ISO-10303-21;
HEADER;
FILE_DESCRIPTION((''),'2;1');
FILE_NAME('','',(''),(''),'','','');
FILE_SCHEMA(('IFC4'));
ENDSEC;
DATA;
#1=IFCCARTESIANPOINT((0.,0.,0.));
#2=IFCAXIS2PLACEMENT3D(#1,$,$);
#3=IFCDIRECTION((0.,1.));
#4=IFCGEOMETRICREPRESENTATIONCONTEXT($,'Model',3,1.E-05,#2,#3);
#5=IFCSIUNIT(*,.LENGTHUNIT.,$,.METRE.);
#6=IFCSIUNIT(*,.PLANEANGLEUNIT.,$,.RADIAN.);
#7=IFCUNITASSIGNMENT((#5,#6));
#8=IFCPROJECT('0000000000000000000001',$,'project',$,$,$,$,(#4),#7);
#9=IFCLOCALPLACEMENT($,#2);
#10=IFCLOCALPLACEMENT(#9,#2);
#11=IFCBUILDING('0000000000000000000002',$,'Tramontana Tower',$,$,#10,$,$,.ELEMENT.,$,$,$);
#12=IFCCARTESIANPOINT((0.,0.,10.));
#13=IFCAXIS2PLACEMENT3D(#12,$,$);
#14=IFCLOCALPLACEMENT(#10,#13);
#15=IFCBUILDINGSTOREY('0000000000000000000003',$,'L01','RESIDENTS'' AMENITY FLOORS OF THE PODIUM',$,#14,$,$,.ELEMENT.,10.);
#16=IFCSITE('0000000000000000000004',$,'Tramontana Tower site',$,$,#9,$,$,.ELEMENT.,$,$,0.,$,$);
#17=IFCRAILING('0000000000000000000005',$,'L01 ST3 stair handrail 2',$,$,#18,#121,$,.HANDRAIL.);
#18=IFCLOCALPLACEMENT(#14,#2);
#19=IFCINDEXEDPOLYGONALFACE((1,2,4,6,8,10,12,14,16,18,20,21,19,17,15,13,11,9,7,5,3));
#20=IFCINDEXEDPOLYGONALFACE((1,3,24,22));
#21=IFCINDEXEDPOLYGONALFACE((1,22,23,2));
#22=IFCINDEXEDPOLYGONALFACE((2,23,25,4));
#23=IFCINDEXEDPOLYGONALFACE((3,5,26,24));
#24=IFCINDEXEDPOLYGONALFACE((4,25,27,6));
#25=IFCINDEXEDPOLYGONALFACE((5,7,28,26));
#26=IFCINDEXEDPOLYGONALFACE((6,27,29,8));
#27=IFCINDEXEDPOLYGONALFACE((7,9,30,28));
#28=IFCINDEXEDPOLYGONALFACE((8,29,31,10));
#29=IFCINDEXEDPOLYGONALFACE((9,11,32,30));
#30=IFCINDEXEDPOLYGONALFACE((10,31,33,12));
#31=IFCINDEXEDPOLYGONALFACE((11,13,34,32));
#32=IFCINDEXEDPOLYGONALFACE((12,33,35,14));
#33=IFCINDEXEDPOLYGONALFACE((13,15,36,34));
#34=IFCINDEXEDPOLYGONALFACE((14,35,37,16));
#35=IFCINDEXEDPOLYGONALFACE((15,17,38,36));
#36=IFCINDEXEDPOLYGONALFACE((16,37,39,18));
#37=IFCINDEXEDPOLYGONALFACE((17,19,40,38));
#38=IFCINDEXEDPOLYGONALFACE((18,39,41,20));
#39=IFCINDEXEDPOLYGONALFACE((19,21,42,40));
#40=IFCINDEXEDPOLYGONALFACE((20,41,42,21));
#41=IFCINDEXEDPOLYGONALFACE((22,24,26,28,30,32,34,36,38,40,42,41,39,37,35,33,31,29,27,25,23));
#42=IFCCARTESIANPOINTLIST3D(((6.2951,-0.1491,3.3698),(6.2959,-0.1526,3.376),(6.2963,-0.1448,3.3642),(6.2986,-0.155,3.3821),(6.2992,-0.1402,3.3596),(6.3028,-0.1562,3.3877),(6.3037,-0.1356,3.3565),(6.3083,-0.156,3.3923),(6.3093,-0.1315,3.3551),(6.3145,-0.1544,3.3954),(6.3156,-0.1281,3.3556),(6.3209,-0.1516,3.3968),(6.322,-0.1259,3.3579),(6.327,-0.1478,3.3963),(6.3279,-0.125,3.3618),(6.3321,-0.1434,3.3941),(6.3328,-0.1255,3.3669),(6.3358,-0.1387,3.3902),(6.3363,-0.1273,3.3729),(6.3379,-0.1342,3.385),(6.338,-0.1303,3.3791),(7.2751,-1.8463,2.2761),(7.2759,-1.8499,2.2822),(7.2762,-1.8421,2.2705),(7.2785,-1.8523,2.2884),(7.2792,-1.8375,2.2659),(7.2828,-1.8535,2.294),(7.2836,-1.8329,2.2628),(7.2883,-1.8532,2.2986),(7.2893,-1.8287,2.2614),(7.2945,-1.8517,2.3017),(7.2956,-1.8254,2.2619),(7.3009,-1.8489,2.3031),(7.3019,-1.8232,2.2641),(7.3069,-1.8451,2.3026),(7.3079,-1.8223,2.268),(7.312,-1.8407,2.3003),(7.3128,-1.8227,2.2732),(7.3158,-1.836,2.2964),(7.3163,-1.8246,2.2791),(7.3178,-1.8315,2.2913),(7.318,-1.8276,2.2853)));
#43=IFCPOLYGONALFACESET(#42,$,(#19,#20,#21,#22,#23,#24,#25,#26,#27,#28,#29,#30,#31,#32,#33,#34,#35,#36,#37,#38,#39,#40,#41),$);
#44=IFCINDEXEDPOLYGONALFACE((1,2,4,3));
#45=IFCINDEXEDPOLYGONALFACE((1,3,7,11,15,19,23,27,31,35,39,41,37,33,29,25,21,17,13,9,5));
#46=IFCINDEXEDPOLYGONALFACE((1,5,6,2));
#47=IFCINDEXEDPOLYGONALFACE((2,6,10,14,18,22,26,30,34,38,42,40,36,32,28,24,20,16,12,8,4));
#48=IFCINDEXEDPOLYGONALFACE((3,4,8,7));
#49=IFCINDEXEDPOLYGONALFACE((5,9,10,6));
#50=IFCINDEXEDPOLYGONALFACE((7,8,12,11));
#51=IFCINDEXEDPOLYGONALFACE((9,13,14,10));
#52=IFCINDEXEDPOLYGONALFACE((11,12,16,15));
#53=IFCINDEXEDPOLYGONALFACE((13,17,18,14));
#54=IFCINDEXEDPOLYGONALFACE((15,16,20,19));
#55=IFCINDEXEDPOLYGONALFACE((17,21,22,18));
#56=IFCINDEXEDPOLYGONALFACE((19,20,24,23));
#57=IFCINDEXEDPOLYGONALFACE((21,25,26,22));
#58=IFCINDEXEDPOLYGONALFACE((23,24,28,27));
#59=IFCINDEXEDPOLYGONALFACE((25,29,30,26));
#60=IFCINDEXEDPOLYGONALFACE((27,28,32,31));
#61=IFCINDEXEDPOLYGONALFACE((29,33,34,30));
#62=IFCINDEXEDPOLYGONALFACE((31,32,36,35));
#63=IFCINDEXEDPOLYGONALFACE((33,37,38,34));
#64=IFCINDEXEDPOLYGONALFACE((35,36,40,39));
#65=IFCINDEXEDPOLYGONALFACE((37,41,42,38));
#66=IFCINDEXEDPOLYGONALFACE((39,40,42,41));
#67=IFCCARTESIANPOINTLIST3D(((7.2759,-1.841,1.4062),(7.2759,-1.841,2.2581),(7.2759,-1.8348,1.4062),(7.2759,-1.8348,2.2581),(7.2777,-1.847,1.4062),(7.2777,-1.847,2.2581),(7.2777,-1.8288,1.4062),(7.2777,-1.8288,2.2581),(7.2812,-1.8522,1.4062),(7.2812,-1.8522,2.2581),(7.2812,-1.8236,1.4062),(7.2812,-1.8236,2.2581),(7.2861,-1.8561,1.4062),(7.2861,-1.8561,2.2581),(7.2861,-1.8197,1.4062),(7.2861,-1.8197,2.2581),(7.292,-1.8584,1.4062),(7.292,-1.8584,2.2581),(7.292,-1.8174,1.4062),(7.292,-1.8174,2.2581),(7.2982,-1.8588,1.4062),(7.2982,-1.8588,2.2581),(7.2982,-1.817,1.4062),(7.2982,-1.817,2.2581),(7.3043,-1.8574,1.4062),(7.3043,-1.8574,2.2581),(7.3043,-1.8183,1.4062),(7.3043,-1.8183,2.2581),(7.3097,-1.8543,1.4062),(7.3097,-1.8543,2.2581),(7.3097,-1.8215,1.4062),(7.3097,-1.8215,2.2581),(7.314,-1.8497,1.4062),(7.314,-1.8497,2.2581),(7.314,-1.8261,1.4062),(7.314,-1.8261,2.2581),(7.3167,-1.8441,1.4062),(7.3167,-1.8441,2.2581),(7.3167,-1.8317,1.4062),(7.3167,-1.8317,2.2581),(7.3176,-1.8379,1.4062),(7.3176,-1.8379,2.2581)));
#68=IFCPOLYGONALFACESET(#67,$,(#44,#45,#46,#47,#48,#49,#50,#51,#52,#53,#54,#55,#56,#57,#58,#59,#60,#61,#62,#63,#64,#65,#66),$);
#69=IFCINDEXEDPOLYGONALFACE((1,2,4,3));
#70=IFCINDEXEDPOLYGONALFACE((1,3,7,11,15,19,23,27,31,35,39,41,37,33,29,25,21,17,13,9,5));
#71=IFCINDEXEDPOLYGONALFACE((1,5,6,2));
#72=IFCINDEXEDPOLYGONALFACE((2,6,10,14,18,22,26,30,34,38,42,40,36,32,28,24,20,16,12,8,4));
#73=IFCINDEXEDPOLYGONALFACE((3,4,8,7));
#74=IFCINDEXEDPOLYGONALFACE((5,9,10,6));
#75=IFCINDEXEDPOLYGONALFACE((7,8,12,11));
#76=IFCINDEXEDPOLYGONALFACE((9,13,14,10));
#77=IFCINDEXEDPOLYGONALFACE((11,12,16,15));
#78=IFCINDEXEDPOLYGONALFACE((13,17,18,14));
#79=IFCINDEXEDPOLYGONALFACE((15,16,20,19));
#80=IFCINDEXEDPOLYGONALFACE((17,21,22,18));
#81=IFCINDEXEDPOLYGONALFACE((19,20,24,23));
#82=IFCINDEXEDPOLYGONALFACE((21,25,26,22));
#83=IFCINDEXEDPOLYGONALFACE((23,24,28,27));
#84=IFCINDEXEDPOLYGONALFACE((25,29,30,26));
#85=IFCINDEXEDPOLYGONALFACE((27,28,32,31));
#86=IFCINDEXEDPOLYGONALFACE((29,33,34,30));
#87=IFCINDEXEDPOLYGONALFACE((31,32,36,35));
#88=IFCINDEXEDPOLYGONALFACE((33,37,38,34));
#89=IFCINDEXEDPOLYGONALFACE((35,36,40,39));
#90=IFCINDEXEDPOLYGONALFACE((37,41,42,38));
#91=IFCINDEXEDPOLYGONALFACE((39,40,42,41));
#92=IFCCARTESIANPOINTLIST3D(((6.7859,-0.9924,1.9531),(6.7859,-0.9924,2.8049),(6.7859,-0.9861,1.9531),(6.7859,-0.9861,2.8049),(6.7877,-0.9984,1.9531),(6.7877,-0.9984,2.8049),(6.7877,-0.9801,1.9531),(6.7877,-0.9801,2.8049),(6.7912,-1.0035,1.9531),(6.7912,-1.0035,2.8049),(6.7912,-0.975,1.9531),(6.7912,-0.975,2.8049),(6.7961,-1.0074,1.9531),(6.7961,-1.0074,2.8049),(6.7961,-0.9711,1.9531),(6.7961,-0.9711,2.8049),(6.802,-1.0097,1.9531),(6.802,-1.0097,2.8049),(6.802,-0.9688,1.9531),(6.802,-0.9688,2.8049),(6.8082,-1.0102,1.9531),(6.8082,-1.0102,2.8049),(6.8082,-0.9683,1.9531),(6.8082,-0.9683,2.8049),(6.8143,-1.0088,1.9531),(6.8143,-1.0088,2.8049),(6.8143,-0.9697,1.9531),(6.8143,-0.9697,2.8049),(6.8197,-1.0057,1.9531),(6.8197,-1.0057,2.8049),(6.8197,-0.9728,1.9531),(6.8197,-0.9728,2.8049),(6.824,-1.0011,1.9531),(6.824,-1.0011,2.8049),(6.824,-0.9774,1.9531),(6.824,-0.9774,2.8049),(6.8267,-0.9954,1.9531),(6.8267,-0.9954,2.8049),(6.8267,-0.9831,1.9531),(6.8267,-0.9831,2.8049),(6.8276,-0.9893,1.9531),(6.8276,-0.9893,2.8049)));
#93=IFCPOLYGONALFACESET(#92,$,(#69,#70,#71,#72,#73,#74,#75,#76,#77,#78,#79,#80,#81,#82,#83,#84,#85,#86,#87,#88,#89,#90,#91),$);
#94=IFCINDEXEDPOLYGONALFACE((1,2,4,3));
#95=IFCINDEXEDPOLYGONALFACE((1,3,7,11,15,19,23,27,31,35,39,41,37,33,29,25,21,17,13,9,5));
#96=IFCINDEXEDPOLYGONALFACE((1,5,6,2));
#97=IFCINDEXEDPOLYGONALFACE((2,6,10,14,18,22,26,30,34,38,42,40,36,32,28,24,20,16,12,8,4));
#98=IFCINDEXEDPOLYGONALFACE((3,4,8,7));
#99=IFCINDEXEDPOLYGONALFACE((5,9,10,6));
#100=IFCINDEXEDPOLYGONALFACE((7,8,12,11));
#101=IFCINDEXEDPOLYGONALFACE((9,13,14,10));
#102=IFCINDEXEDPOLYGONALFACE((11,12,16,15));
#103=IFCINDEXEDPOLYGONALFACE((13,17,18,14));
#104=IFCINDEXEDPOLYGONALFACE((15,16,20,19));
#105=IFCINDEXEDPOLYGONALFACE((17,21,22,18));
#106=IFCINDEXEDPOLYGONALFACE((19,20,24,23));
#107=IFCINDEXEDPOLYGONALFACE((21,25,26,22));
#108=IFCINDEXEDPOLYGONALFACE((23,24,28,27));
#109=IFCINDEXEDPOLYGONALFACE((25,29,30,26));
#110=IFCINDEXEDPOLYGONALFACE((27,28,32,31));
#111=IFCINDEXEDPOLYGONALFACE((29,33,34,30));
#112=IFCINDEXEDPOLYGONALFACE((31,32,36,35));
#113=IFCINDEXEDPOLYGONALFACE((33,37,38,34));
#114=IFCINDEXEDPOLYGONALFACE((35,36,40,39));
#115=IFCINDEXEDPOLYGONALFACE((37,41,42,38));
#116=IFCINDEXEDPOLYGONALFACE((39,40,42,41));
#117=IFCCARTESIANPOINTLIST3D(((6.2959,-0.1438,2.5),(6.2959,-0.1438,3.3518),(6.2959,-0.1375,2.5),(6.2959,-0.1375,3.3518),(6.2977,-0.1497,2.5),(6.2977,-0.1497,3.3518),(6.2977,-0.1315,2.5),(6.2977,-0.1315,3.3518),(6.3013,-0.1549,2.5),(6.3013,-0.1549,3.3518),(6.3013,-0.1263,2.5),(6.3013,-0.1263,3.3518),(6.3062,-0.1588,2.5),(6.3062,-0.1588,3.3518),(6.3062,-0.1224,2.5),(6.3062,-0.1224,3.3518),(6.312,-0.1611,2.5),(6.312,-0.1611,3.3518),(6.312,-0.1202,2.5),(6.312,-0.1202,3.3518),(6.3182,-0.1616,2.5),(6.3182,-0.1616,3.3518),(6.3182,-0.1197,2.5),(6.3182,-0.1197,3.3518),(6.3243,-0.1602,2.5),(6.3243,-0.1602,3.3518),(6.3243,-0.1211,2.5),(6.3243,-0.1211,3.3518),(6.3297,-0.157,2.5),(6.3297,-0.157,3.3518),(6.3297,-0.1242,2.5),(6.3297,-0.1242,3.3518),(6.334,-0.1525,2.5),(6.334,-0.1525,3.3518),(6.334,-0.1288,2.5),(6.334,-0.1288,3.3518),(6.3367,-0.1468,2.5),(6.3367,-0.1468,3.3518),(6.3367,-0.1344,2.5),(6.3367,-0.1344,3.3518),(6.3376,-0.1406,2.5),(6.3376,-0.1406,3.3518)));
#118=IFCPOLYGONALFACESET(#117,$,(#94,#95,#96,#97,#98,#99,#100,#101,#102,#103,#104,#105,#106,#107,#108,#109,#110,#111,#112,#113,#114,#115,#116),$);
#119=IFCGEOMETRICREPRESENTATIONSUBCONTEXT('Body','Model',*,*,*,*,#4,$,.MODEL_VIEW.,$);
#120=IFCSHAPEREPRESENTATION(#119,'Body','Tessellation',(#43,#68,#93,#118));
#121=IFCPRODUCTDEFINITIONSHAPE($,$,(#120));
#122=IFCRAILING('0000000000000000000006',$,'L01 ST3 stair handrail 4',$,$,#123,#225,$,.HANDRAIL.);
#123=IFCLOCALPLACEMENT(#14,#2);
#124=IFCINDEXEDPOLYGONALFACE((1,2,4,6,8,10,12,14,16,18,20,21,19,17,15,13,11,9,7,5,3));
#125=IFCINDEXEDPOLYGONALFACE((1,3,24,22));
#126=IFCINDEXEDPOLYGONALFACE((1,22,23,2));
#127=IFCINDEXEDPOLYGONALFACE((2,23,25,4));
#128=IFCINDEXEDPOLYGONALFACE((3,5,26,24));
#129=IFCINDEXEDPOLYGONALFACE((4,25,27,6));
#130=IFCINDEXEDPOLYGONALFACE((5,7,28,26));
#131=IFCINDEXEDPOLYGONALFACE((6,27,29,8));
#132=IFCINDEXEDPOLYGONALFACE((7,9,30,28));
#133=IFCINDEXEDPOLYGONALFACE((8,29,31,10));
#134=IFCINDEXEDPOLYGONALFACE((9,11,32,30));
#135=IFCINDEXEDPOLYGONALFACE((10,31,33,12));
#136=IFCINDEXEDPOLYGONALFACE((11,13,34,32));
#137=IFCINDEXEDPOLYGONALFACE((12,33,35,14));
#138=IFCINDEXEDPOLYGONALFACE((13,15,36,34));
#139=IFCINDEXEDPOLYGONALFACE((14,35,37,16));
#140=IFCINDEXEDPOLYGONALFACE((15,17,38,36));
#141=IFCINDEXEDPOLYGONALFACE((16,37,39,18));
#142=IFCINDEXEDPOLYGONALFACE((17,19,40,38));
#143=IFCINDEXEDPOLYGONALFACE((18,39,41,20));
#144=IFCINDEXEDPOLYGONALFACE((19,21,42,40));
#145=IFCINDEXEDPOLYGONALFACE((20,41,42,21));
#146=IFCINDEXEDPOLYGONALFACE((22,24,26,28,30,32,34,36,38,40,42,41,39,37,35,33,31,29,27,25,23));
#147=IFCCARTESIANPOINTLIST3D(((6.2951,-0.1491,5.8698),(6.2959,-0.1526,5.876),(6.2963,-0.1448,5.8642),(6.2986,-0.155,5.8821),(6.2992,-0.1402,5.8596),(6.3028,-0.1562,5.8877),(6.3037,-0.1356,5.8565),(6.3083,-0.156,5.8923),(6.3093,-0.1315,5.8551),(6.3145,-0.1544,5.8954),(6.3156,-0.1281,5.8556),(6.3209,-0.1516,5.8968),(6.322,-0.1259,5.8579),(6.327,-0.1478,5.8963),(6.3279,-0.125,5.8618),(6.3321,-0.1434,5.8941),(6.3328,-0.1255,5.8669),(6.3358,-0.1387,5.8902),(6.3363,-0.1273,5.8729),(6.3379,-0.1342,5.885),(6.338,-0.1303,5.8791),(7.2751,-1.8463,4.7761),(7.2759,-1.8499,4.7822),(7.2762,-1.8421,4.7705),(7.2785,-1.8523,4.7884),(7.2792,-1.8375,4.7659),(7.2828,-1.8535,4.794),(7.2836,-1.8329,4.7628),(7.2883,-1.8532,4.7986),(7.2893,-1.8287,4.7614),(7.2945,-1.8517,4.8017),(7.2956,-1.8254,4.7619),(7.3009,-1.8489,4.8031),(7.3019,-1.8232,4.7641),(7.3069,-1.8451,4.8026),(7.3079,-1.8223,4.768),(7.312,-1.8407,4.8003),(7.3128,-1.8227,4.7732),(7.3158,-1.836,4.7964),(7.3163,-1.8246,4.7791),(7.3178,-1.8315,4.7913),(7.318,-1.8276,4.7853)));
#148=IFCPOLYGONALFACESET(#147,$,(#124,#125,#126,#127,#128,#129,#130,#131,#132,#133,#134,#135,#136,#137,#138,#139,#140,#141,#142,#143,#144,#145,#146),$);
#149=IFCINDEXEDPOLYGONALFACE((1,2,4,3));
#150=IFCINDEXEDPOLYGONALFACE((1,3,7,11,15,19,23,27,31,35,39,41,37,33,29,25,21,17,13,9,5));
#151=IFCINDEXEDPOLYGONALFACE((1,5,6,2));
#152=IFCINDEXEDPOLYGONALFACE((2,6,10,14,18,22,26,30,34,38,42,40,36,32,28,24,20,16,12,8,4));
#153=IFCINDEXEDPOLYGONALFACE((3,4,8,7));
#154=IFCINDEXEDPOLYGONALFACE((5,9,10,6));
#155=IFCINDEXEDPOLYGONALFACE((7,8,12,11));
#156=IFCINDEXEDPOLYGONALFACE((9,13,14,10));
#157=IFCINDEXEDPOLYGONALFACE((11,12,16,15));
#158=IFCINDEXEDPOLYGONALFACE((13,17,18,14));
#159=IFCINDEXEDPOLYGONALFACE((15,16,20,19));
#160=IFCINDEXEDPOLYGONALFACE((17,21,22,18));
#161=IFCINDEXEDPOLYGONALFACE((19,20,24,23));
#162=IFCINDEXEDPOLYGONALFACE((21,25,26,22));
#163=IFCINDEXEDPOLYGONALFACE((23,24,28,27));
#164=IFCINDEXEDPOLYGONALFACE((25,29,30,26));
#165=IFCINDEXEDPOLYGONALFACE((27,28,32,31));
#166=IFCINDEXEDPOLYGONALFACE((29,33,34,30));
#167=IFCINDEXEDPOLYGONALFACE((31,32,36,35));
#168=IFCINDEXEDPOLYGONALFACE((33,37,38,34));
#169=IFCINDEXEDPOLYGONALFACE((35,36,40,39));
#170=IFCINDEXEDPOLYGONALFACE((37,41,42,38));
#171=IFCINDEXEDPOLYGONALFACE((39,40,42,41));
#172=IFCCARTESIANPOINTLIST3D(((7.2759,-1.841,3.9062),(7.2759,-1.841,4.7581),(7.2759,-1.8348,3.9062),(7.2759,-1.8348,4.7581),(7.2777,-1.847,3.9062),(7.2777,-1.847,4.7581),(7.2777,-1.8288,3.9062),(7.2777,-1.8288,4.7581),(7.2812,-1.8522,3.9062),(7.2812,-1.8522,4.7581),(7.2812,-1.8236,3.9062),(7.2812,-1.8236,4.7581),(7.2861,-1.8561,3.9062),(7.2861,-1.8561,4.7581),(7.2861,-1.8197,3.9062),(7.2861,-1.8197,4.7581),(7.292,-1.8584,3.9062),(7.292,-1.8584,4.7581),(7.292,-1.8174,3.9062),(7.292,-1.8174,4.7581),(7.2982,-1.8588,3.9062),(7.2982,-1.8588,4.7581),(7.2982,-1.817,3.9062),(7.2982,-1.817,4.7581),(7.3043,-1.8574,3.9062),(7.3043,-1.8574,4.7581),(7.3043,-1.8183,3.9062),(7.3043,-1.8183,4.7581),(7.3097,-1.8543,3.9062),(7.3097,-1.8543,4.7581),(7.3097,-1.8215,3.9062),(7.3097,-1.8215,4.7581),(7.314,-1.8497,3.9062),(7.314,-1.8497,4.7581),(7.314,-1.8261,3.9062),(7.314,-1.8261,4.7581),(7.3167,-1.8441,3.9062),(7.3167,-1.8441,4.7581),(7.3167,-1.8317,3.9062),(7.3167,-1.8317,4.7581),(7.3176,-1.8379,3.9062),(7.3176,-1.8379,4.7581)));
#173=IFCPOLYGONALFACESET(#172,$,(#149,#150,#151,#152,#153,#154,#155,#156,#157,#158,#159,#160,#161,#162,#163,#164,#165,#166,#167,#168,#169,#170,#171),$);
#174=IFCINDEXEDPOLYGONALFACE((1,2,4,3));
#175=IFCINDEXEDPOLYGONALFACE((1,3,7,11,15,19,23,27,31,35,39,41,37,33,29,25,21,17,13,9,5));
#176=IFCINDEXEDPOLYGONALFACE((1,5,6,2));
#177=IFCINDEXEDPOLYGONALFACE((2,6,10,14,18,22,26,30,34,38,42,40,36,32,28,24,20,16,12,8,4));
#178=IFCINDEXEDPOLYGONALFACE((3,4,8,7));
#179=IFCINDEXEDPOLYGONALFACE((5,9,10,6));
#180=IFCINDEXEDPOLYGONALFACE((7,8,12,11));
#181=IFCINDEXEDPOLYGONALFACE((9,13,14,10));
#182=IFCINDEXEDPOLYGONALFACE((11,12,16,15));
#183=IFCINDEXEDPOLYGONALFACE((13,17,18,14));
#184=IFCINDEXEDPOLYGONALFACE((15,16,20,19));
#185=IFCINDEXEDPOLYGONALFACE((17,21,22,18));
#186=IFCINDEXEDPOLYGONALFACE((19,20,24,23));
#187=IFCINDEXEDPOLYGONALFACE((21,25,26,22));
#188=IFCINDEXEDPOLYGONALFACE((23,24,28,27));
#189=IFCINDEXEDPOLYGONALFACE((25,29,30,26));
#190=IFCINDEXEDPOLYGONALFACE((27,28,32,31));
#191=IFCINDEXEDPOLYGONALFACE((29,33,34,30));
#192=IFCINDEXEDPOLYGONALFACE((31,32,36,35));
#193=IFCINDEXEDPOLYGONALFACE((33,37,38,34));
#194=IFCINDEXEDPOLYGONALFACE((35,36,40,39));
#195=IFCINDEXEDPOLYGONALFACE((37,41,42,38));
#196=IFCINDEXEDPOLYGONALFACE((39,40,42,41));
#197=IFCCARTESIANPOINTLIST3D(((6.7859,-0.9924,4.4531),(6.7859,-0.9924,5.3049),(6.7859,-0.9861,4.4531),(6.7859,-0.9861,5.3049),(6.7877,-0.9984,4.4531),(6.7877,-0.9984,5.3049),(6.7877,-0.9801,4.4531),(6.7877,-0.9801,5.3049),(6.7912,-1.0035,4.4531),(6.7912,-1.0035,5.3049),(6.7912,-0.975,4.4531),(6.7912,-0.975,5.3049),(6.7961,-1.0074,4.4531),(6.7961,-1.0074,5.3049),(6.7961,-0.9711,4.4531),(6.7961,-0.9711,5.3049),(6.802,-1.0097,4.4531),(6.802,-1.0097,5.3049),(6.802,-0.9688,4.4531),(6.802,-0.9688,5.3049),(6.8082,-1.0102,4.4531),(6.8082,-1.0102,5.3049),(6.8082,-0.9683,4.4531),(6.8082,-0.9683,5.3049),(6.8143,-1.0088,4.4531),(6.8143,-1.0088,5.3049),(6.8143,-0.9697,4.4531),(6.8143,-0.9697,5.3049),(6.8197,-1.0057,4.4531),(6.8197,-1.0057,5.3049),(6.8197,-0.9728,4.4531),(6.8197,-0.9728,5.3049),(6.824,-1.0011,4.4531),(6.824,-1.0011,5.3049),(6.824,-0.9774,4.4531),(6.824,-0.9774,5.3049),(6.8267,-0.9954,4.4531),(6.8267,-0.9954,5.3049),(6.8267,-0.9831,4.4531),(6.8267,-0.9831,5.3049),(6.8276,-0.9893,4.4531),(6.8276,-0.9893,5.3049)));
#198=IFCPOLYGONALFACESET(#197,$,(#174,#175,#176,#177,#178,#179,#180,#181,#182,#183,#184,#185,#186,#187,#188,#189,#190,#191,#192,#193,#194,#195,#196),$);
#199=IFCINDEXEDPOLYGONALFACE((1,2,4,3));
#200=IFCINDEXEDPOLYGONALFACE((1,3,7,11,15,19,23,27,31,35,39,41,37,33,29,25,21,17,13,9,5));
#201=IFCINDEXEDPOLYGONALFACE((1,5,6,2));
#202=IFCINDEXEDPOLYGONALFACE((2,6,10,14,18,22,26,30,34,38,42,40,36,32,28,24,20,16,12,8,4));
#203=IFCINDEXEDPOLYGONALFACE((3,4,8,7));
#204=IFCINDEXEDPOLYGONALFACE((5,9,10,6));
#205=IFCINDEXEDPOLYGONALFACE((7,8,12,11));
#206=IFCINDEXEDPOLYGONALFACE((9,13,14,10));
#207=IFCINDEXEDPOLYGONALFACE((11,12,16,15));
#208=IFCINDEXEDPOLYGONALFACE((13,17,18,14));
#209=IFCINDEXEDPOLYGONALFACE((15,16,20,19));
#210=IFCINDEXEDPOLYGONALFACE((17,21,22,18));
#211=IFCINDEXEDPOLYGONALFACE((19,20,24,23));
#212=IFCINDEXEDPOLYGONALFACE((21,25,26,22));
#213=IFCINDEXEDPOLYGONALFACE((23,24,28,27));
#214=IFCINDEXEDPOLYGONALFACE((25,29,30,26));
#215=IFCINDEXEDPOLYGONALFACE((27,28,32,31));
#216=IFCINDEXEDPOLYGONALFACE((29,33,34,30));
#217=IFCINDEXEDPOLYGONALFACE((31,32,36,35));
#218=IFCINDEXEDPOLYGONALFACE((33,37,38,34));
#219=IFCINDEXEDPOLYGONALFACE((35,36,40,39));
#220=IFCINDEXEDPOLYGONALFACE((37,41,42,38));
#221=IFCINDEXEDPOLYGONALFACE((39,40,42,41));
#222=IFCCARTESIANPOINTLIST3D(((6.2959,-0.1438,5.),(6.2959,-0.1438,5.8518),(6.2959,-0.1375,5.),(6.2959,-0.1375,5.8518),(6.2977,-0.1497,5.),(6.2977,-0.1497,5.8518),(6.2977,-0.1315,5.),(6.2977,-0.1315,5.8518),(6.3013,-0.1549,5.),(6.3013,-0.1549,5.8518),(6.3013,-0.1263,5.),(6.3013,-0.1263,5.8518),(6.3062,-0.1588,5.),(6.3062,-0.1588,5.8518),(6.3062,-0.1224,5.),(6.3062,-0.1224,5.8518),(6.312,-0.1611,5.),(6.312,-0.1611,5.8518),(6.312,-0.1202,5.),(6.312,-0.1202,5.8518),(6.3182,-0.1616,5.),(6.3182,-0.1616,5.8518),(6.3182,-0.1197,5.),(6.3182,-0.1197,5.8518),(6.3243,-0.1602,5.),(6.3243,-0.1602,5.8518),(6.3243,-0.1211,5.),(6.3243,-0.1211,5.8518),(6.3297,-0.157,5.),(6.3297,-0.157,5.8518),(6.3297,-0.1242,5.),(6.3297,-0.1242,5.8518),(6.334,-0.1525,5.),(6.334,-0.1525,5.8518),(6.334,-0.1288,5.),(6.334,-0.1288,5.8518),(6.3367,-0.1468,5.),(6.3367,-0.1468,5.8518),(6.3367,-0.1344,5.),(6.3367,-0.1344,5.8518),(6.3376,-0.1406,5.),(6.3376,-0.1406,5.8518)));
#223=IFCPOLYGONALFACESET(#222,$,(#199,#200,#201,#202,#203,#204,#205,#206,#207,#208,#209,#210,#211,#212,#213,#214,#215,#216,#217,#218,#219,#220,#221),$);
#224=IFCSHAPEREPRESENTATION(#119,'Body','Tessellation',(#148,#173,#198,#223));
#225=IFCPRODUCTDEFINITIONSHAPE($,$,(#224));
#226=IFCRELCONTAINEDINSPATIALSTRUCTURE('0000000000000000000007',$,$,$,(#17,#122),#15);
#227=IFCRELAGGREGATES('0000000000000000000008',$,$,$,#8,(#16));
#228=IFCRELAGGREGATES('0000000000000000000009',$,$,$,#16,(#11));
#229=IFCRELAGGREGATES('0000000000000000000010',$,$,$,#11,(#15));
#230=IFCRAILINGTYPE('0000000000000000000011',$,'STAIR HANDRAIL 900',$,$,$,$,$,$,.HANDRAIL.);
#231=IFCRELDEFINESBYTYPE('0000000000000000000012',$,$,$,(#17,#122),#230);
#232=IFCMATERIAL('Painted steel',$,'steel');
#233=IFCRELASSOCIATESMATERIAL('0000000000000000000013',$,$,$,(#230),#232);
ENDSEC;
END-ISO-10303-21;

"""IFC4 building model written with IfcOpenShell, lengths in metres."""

from ifc_helpers import new_model, si_unit, direction, frame, origin, origin_2d, place, context, subcontext, project, spatial, circle, extrude, material, type_object, element, save


model = new_model("IFC4")

# Units and contexts
model_context = context("Model", 3, precision=1e-05, world=origin(), true_north=direction((0.0, 1.0)))
body_context = subcontext(model_context, "Body", "Model", "MODEL_VIEW")
ifc_project = project(units=[si_unit("LENGTHUNIT", "METRE"), si_unit("PLANEANGLEUNIT", "RADIAN")], contexts=[model_context])

# Site, building, storey
site_placement = place(None, origin())
site = spatial("IfcSite", under=ifc_project, at=site_placement, Name="Tramontana Tower site", CompositionType="ELEMENT", RefElevation=0.0)
building_placement = place(site_placement, origin())
building = spatial("IfcBuilding", under=site, at=building_placement, Name="Tramontana Tower", CompositionType="ELEMENT")
storey_placement = place(building_placement, frame((0.0, 0.0, 10.0)))
storey = spatial("IfcBuildingStorey", under=building, at=storey_placement, Name="L01", Description="RESIDENTS' AMENITY FLOORS OF THE PODIUM", CompositionType="ELEMENT", Elevation=10.0)

# Railings
ifc_material_1 = material(Name="Painted steel", Category="steel")
railing_type_1 = type_object("IfcRailingType", Name="STAIR HANDRAIL 900", PredefinedType="HANDRAIL", material=ifc_material_1)
for number, where, name in (
    (1, (7.2966, -1.8379, 1.4062), "L01 ST3 stair handrail 2"),
    (2, (7.2966, -1.8379, 3.9062), "L01 ST3 stair handrail 4"),
):
    element("IfcRailing", number, at=place(storey_placement, frame(where)), inside=storey, type_object=railing_type_1, Name=name, PredefinedType="HANDRAIL", context=body_context, shape_type="SweptSolid", body=[
        extrude(circle(Radius=0.0239, at=origin_2d()), frame((0.0, 0.0, 0.876), z_axis=(-0.436632, 0.75622, 0.487323), x_axis=(-0.866011, -0.500024, 0.0)), (0.0, 0.0, 1.0), 2.2444),
        extrude(circle(Radius=0.021, at=origin_2d()), origin(), (0.0, 0.0, 1.0), 0.8518),
        extrude(circle(Radius=0.021, at=origin_2d()), frame((-0.49, 0.8486, 0.5469)), (0.0, 0.0, 1.0), 0.8518),
        extrude(circle(Radius=0.021, at=origin_2d()), frame((-0.98, 1.6973, 1.0938)), (0.0, 0.0, 1.0), 0.8518),
    ])

save(model, "model.ifc")
